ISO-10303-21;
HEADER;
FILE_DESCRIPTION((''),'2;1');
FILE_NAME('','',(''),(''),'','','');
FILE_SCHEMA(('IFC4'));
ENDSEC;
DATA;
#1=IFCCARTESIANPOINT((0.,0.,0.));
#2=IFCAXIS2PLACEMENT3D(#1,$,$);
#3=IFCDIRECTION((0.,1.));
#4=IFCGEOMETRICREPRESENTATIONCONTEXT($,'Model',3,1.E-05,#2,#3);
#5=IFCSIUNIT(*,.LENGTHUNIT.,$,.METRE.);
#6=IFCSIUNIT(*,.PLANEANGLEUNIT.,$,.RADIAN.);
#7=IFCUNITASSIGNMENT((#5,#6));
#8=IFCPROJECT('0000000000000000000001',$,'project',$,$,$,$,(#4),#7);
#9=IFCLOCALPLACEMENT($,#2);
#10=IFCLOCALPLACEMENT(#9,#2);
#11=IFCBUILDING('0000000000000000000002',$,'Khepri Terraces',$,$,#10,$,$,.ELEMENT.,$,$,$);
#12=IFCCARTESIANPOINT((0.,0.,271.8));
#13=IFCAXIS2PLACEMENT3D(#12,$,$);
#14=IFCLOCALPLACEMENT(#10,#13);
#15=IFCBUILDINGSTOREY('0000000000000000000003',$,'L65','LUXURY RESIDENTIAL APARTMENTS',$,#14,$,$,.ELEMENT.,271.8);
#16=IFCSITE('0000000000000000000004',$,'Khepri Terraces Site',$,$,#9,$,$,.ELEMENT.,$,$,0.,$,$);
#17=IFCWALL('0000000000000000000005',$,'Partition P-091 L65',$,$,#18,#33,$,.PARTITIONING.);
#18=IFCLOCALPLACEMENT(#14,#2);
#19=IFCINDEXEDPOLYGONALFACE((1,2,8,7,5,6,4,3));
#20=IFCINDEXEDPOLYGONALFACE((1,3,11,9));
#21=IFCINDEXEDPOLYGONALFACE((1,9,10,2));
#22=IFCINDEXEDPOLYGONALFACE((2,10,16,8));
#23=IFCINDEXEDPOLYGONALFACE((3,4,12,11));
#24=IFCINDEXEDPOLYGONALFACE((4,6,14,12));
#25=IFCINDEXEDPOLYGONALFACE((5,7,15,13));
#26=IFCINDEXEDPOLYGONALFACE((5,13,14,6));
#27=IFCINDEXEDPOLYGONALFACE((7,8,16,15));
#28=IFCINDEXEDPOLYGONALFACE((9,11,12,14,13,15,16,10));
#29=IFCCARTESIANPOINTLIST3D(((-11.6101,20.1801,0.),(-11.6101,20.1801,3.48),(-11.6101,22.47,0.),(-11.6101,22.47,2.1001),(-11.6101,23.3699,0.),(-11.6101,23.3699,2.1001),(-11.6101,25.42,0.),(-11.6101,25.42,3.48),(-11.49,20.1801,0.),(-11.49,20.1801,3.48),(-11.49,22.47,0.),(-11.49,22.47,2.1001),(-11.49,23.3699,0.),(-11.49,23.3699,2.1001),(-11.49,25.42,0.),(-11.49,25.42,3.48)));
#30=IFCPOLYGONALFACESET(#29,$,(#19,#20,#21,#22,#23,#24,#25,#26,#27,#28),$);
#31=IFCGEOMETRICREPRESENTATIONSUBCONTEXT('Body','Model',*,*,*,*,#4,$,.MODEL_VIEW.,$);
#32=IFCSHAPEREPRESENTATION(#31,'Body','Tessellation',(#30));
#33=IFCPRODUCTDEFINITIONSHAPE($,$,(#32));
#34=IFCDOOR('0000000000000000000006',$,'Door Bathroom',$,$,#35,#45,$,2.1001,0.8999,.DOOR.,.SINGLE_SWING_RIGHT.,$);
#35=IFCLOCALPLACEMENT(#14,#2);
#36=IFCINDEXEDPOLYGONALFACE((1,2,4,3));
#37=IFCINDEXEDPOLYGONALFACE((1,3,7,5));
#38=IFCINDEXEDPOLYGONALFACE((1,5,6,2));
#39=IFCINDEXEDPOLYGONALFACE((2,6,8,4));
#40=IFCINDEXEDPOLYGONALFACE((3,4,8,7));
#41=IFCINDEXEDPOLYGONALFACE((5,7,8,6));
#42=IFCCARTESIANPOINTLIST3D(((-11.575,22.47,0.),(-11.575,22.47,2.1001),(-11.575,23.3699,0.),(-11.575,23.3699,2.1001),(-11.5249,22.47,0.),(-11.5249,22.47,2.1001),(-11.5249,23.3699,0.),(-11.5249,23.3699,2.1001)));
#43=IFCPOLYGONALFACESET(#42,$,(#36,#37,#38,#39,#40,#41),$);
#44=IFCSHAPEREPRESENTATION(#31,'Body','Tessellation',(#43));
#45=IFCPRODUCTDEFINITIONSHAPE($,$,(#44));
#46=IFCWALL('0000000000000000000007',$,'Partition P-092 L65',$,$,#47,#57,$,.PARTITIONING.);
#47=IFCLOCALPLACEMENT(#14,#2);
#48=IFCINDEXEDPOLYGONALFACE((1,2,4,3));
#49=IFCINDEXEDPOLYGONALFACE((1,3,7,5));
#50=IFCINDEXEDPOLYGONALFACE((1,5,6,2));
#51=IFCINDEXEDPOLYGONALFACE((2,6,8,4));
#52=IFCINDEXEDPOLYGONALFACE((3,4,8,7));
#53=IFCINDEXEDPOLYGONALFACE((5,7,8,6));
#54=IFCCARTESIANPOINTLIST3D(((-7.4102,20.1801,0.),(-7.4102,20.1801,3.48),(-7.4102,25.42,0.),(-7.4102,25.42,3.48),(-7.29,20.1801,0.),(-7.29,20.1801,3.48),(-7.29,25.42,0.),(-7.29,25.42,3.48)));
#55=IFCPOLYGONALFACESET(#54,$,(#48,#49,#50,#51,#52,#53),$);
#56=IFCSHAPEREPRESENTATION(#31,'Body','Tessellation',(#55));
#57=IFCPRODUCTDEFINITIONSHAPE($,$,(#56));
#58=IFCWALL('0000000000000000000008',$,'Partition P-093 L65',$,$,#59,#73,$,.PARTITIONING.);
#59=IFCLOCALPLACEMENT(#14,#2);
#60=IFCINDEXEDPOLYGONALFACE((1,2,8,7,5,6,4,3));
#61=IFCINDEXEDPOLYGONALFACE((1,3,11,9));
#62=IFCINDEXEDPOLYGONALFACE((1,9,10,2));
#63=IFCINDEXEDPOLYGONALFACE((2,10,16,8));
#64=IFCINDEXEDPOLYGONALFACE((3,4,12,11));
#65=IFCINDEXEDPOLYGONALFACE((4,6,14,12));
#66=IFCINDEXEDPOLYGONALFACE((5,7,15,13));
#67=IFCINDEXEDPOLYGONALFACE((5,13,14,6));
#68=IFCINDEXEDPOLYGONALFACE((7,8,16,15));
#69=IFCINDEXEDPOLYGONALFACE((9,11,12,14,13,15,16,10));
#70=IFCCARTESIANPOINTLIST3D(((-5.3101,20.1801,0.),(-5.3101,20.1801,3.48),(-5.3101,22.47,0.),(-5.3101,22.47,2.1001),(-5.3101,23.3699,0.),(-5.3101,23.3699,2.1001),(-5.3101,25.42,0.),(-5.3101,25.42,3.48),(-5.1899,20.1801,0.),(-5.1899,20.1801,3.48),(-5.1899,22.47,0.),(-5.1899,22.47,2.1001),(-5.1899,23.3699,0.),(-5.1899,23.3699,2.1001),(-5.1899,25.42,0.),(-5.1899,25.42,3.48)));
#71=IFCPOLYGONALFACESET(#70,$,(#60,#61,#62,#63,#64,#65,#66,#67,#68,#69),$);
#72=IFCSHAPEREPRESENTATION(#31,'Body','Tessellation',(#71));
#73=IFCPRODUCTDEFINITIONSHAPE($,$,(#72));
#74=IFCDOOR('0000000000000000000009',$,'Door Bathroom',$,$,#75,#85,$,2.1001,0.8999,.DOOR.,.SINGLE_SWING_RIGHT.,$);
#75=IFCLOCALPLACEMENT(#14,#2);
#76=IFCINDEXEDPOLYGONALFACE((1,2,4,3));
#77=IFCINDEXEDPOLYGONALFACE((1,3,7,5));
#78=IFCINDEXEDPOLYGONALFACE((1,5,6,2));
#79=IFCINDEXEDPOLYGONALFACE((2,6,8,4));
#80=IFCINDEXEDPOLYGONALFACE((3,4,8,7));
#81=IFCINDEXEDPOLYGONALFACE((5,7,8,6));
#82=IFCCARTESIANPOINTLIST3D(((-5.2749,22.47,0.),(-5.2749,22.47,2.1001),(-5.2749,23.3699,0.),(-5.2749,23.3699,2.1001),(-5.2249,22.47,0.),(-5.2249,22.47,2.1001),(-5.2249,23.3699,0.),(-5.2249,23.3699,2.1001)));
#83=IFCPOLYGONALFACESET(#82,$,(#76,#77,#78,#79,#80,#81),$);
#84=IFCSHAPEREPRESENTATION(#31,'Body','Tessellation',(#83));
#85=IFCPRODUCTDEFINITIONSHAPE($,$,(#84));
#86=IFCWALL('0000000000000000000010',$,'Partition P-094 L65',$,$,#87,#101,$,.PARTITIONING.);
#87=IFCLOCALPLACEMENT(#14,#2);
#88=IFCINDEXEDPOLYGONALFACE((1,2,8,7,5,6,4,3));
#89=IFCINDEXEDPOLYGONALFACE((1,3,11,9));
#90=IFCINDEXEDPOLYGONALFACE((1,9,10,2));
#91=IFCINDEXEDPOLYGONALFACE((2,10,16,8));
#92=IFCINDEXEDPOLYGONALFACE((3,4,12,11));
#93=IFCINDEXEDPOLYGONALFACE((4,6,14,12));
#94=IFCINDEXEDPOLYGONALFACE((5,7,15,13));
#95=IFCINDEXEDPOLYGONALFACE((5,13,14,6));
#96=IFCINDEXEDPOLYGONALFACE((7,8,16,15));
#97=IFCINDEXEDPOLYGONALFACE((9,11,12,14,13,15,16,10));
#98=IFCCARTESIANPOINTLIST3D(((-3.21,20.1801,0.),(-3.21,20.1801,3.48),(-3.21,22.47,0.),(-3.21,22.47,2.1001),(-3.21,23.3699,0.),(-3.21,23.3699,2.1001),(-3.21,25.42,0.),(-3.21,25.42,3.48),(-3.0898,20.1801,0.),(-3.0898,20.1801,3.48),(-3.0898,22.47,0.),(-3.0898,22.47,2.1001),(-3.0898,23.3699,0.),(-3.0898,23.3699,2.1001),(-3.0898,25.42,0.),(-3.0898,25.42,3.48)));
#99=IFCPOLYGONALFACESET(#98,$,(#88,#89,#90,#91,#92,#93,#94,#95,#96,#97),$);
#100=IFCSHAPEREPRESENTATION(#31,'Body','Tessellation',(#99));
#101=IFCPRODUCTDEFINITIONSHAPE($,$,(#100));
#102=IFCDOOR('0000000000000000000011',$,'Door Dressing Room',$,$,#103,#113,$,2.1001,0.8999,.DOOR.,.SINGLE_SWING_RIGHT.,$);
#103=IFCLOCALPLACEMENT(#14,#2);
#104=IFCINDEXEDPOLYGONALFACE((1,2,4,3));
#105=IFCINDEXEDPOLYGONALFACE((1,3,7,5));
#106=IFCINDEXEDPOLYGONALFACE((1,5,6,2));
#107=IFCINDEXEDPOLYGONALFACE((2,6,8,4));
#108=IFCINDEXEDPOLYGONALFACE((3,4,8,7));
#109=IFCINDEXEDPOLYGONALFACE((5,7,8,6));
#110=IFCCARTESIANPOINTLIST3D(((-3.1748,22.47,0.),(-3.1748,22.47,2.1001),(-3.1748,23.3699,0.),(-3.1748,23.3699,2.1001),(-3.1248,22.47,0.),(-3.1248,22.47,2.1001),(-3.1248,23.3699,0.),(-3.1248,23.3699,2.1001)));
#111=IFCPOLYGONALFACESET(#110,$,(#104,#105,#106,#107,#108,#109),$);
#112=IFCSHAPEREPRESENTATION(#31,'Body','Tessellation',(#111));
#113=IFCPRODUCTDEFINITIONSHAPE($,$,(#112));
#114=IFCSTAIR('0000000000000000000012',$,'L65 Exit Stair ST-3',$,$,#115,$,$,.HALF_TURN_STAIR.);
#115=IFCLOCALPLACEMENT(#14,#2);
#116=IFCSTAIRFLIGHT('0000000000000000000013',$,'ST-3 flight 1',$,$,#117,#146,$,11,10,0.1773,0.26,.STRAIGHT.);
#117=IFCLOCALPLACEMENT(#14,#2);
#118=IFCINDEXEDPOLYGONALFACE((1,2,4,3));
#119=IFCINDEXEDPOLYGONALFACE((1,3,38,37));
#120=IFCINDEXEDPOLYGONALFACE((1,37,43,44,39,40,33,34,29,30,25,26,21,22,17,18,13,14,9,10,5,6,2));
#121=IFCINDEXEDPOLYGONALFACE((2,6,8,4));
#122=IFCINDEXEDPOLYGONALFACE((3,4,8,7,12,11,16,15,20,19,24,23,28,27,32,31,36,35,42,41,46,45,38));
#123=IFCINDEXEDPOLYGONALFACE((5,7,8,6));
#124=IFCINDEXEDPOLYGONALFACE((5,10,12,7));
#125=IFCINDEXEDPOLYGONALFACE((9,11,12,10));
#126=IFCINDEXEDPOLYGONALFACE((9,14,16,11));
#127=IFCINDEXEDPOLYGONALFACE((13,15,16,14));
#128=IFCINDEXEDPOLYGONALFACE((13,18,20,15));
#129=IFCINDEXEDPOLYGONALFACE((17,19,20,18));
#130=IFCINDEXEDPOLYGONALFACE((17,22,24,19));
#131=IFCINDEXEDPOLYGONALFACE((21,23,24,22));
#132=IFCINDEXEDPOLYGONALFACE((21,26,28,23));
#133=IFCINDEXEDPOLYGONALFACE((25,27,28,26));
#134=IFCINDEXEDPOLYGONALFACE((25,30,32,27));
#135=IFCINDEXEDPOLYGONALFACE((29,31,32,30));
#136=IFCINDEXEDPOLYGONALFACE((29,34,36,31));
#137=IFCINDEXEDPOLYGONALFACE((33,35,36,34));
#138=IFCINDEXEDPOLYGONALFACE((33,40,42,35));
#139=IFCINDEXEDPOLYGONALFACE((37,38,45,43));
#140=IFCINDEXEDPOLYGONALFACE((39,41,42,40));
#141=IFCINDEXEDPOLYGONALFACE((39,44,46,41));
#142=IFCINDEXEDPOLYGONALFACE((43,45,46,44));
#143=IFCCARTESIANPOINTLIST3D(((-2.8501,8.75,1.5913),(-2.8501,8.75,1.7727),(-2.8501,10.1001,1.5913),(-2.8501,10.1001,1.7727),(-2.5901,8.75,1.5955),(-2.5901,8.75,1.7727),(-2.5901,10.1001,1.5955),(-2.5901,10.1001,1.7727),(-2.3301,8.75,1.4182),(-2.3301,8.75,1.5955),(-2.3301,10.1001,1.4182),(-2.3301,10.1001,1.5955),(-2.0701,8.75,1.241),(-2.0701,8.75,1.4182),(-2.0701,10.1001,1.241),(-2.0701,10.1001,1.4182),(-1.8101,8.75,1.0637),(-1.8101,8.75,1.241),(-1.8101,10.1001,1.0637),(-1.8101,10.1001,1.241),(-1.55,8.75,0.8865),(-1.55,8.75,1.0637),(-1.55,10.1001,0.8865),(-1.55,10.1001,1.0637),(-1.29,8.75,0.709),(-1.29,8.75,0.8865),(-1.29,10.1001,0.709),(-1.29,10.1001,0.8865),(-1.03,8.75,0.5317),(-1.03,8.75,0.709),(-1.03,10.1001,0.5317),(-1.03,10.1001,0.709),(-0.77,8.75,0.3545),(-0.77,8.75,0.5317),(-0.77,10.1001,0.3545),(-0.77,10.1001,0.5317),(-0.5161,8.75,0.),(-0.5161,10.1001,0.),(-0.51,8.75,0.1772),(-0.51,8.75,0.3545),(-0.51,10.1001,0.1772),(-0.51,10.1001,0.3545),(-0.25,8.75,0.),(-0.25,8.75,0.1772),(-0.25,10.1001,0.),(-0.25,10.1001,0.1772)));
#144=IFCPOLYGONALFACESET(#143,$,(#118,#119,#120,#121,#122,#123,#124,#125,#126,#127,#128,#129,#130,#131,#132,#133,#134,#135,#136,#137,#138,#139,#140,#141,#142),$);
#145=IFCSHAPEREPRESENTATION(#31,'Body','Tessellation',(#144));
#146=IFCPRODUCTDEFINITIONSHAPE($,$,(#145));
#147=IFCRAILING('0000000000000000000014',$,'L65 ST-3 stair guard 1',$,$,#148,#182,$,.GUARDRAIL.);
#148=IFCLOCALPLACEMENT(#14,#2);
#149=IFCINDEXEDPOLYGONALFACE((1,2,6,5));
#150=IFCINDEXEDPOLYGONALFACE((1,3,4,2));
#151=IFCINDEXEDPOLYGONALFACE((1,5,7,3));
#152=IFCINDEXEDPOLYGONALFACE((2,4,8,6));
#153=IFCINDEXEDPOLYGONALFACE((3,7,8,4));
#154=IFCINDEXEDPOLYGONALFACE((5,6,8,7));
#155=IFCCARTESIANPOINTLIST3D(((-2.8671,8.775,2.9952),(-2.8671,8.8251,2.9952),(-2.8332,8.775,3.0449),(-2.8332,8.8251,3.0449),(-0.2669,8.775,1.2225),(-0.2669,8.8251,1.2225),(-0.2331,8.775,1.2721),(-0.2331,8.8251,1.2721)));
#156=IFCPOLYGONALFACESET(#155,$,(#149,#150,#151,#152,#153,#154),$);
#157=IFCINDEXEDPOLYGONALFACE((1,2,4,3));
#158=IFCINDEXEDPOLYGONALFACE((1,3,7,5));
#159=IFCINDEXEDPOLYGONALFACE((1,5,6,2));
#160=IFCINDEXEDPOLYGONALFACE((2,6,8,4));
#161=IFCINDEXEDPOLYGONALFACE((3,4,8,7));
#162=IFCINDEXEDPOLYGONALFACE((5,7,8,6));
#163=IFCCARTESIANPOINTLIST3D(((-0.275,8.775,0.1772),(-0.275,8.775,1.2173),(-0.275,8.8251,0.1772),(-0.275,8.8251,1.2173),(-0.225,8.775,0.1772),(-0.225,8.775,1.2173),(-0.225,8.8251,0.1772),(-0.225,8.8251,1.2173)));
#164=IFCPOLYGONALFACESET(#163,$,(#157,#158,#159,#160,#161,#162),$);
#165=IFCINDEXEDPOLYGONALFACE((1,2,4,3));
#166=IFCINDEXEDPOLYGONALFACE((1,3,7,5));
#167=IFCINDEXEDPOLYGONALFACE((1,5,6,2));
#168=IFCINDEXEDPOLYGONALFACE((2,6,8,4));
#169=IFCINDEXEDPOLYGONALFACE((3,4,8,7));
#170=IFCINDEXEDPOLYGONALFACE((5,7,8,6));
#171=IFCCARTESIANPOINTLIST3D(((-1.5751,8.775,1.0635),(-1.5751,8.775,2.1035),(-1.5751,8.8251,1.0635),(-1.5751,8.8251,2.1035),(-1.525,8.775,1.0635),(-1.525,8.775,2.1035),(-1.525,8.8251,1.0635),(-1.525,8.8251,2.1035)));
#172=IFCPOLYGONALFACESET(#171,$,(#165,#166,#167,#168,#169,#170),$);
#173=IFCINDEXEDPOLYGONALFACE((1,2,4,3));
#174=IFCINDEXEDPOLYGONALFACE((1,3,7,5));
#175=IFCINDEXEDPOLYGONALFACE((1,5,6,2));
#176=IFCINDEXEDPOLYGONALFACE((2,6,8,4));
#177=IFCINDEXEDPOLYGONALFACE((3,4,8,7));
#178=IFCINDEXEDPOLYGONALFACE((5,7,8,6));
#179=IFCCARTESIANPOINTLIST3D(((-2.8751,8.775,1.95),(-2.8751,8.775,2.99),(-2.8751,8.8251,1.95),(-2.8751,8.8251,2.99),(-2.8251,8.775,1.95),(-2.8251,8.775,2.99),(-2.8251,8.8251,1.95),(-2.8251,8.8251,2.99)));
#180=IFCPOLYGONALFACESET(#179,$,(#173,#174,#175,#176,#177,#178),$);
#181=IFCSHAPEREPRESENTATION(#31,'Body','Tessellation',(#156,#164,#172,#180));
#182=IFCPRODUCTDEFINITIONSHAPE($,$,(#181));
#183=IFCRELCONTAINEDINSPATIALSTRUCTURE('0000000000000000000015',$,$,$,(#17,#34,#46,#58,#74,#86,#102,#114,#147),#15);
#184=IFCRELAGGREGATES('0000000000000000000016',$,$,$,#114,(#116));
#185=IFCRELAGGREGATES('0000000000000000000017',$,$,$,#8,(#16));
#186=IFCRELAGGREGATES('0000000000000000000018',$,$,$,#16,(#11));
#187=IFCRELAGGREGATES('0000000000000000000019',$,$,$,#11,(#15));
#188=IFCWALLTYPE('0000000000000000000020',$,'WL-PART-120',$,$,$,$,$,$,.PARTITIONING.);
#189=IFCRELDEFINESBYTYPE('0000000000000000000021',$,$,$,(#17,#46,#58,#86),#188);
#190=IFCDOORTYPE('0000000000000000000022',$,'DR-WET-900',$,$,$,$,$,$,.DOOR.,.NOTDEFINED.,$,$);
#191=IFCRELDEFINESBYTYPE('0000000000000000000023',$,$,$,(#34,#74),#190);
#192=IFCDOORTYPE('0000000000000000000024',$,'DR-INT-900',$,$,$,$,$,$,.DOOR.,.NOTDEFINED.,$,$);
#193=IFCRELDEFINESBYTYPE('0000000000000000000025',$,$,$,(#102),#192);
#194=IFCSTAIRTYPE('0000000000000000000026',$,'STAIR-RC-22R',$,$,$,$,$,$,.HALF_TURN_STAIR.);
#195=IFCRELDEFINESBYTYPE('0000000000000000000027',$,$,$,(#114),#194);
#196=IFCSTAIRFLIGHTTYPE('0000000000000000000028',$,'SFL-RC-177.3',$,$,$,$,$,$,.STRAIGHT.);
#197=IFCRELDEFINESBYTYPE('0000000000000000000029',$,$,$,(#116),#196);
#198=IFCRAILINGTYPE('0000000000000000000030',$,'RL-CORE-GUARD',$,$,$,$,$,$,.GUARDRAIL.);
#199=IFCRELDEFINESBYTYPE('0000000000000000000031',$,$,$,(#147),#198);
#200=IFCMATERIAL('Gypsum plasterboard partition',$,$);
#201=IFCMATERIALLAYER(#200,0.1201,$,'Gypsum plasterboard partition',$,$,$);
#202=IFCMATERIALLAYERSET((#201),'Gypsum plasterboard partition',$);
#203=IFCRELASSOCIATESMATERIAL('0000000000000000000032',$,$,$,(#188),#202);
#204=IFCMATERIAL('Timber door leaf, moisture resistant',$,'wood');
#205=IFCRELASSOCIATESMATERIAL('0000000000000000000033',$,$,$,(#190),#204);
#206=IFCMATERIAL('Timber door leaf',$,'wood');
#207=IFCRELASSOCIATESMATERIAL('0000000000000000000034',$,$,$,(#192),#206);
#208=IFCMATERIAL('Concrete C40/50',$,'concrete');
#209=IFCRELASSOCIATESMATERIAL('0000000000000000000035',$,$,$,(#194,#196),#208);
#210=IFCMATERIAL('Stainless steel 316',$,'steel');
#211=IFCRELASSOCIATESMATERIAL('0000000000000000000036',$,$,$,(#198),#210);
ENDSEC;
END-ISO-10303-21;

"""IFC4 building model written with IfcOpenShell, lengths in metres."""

from ifc_helpers import new_model, si_unit, direction, frame, frame_2d, origin, origin_2d, place, context, subcontext, project, spatial, polyline, rectangle, outline, extrude, material, layer, layer_set, type_object, element, fill, aggregate, save


model = new_model("IFC4")

# Units and contexts
model_context = context("Model", 3, precision=1e-05, world=origin(), true_north=direction((0.0, 1.0)))
body_context = subcontext(model_context, "Body", "Model", "MODEL_VIEW")
ifc_project = project(units=[si_unit("LENGTHUNIT", "METRE"), si_unit("PLANEANGLEUNIT", "RADIAN")], contexts=[model_context])

# Site, building, storey
site_placement = place(None, origin())
site = spatial("IfcSite", under=ifc_project, at=site_placement, Name="Khepri Terraces Site", CompositionType="ELEMENT", RefElevation=0.0)
building_placement = place(site_placement, origin())
building = spatial("IfcBuilding", under=site, at=building_placement, Name="Khepri Terraces", CompositionType="ELEMENT")
storey_placement = place(building_placement, frame((0.0, 0.0, 271.8)))
storey = spatial("IfcBuildingStorey", under=building, at=storey_placement, Name="L65", Description="LUXURY RESIDENTIAL APARTMENTS", CompositionType="ELEMENT", Elevation=271.8)

# Shared definitions
ifc_material_1 = material(Name="Concrete C40/50", Category="concrete")

# Shared definitions
ifc_material_2 = material(Name="Gypsum plasterboard partition")
ifc_layer_1 = layer(ifc_material_2, 0.1201, Name="Gypsum plasterboard partition")
ifc_layer_set_1 = layer_set([ifc_layer_1], Name="Gypsum plasterboard partition")
wall_type_1 = type_object("IfcWallType", Name="WL-PART-120", PredefinedType="PARTITIONING", material=ifc_layer_set_1)

# Wall, opening, door
wall_1_placement = place(storey_placement, frame((-11.55, 20.1799, 0.0), z_axis=(0.0, 0.0, 1.0), x_axis=(0.0, 1.0, 0.0)))
wall_1 = element("IfcWall", 1, at=wall_1_placement, inside=storey, type_object=wall_type_1, Name="Partition P-091 L65", PredefinedType="PARTITIONING", context=body_context, shape_type="SweptSolid", body=[
    extrude(rectangle(XDim=5.24, YDim=0.1201, at=frame_2d((2.6201, 0.0))), origin(), (0.0, 0.0, 1.0), 3.48),
])
opening_1_placement = place(wall_1_placement, frame((2.29, 0.0, 0.0)))
opening_1 = element("IfcOpeningElement", 2, at=opening_1_placement, cuts=wall_1, PredefinedType="OPENING", context=body_context, shape_type="SweptSolid", body=[
    extrude(rectangle(XDim=0.8999, YDim=2.1001, at=frame_2d((0.45, 1.05))), frame((0.0, 0.0701, 0.0), z_axis=(0.0, -1.0, 0.0), x_axis=(1.0, 0.0, 0.0)), (0.0, 0.0, 1.0), 0.1401),
])
ifc_material_3 = material(Name="Timber door leaf, moisture resistant", Category="wood")
door_type_1 = type_object("IfcDoorType", Name="DR-WET-900", OperationType="NOTDEFINED", PredefinedType="DOOR", material=ifc_material_3)
door_1_placement = place(opening_1_placement, origin())
door_1 = element("IfcDoor", 3, at=door_1_placement, inside=storey, type_object=door_type_1, Name="Door Bathroom", OperationType="SINGLE_SWING_RIGHT", OverallHeight=2.1001, OverallWidth=0.8999, PredefinedType="DOOR", context=body_context, shape_type="SweptSolid", body=[
    extrude(rectangle(XDim=0.8999, YDim=2.1001, at=frame_2d((0.45, 1.05))), frame((0.0, 0.0249, 0.0), z_axis=(0.0, -1.0, 0.0), x_axis=(1.0, 0.0, 0.0)), (0.0, 0.0, 1.0), 0.05),
])
fill(opening_1, door_1)

# Wall
wall_2_placement = place(storey_placement, frame((-7.3501, 20.1799, 0.0), z_axis=(0.0, 0.0, 1.0), x_axis=(0.0, 1.0, 0.0)))
element("IfcWall", 4, at=wall_2_placement, inside=storey, type_object=wall_type_1, Name="Partition P-092 L65", PredefinedType="PARTITIONING", context=body_context, shape_type="SweptSolid", body=[
    extrude(rectangle(XDim=5.24, YDim=0.1201, at=frame_2d((2.6201, 0.0))), origin(), (0.0, 0.0, 1.0), 3.48),
])

# Walls, openings, doors
wall_3_placement = place(storey_placement, frame((-5.25, 20.1799, 0.0), z_axis=(0.0, 0.0, 1.0), x_axis=(0.0, 1.0, 0.0)))
wall_3 = element("IfcWall", 5, at=wall_3_placement, inside=storey, type_object=wall_type_1, Name="Partition P-093 L65", PredefinedType="PARTITIONING", context=body_context, shape_type="SweptSolid", body=[
    extrude(rectangle(XDim=5.24, YDim=0.1201, at=frame_2d((2.6201, 0.0))), origin(), (0.0, 0.0, 1.0), 3.48),
])
opening_2_placement = place(wall_3_placement, frame((2.29, 0.0, 0.0)))
opening_2 = element("IfcOpeningElement", 6, at=opening_2_placement, cuts=wall_3, PredefinedType="OPENING", context=body_context, shape_type="SweptSolid", body=[
    extrude(rectangle(XDim=0.8999, YDim=2.1001, at=frame_2d((0.45, 1.05))), frame((0.0, 0.0701, 0.0), z_axis=(0.0, -1.0, 0.0), x_axis=(1.0, 0.0, 0.0)), (0.0, 0.0, 1.0), 0.1401),
])
door_2_placement = place(opening_2_placement, origin())
door_2 = element("IfcDoor", 7, at=door_2_placement, inside=storey, type_object=door_type_1, Name="Door Bathroom", OperationType="SINGLE_SWING_RIGHT", OverallHeight=2.1001, OverallWidth=0.8999, PredefinedType="DOOR", context=body_context, shape_type="SweptSolid", body=[
    extrude(rectangle(XDim=0.8999, YDim=2.1001, at=frame_2d((0.45, 1.05))), frame((0.0, 0.0249, 0.0), z_axis=(0.0, -1.0, 0.0), x_axis=(1.0, 0.0, 0.0)), (0.0, 0.0, 1.0), 0.05),
])
fill(opening_2, door_2)
wall_4_placement = place(storey_placement, frame((-3.1499, 20.1799, 0.0), z_axis=(0.0, 0.0, 1.0), x_axis=(0.0, 1.0, 0.0)))
wall_4 = element("IfcWall", 8, at=wall_4_placement, inside=storey, type_object=wall_type_1, Name="Partition P-094 L65", PredefinedType="PARTITIONING", context=body_context, shape_type="SweptSolid", body=[
    extrude(rectangle(XDim=5.24, YDim=0.1201, at=frame_2d((2.6201, 0.0))), origin(), (0.0, 0.0, 1.0), 3.48),
])
opening_3_placement = place(wall_4_placement, frame((2.29, 0.0, 0.0)))
opening_3 = element("IfcOpeningElement", 9, at=opening_3_placement, cuts=wall_4, PredefinedType="OPENING", context=body_context, shape_type="SweptSolid", body=[
    extrude(rectangle(XDim=0.8999, YDim=2.1001, at=frame_2d((0.45, 1.05))), frame((0.0, 0.0701, 0.0), z_axis=(0.0, -1.0, 0.0), x_axis=(1.0, 0.0, 0.0)), (0.0, 0.0, 1.0), 0.1401),
])
ifc_material_4 = material(Name="Timber door leaf", Category="wood")
door_type_2 = type_object("IfcDoorType", Name="DR-INT-900", OperationType="NOTDEFINED", PredefinedType="DOOR", material=ifc_material_4)
door_3_placement = place(opening_3_placement, origin())
door_3 = element("IfcDoor", 10, at=door_3_placement, inside=storey, type_object=door_type_2, Name="Door Dressing Room", OperationType="SINGLE_SWING_RIGHT", OverallHeight=2.1001, OverallWidth=0.8999, PredefinedType="DOOR", context=body_context, shape_type="SweptSolid", body=[
    extrude(rectangle(XDim=0.8999, YDim=2.1001, at=frame_2d((0.45, 1.05))), frame((0.0, 0.0249, 0.0), z_axis=(0.0, -1.0, 0.0), x_axis=(1.0, 0.0, 0.0)), (0.0, 0.0, 1.0), 0.05),
])
fill(opening_3, door_3)

# Stair, stair flight
stair_type = type_object("IfcStairType", Name="STAIR-RC-22R", PredefinedType="HALF_TURN_STAIR", material=ifc_material_1)
stair_placement = place(storey_placement, origin())
stair = element("IfcStair", 11, at=stair_placement, inside=storey, type_object=stair_type, Name="L65 Exit Stair ST-3", PredefinedType="HALF_TURN_STAIR")
stair_flight_type = type_object("IfcStairFlightType", Name="SFL-RC-177.3", PredefinedType="STRAIGHT", material=ifc_material_1)
stair_flight_placement = place(storey_placement, frame((-0.25, 9.425, 0.0), z_axis=(0.0, 0.0, 1.0), x_axis=(-1.0, 0.0, 0.0)))
stair_flight = element("IfcStairFlight", 12, at=stair_flight_placement, type_object=stair_flight_type, Name="ST-3 flight 1", NumberOfRisers=11, NumberOfTreads=10, PredefinedType="STRAIGHT", RiserHeight=0.1773, TreadLength=0.26, context=body_context, shape_type="SweptSolid", body=[
    extrude(outline(polyline([(0.0, 0.0), (0.0, 0.1772), (0.26, 0.1772), (0.26, 0.3545), (0.52, 0.3545), (0.52, 0.5317), (0.78, 0.5317), (0.78, 0.709), (1.04, 0.709), (1.04, 0.8865), (1.3, 0.8865), (1.3, 1.0637), (1.5601, 1.0637), (1.5601, 1.241), (1.8201, 1.241), (1.8201, 1.4182), (2.0801, 1.4182), (2.0801, 1.5955), (2.3401, 1.5955), (2.3401, 1.7727), (2.6001, 1.7727), (2.6001, 1.95), (2.6001, 1.5913), (0.2661, 0.0), (0.0, 0.0)])), frame((0.0, 0.675, 0.0), z_axis=(0.0, -1.0, 0.0), x_axis=(1.0, 0.0, 0.0)), (0.0, 0.0, 1.0), 1.3501),
])
aggregate(stair, [stair_flight])

# Railing
ifc_material_5 = material(Name="Stainless steel 316", Category="steel")
railing_type_1 = type_object("IfcRailingType", Name="RL-CORE-GUARD", PredefinedType="GUARDRAIL", material=ifc_material_5)
railing_1_placement = place(storey_placement, frame((-0.25, 8.8, 0.1772)))
element("IfcRailing", 13, at=railing_1_placement, inside=storey, type_object=railing_type_1, Name="L65 ST-3 stair guard 1", PredefinedType="GUARDRAIL", context=body_context, shape_type="SweptSolid", body=[
    extrude(rectangle(XDim=0.05, YDim=0.0601, at=origin_2d()), frame((0.0, 0.0, 1.0701), z_axis=(-0.82624, 0.0, 0.563318), x_axis=(0.0, -1.0, 0.0)), (0.0, 0.0, 1.0), 3.147),
    extrude(rectangle(XDim=0.05, YDim=0.05, at=origin_2d()), origin(), (0.0, 0.0, 1.0), 1.04),
    extrude(rectangle(XDim=0.05, YDim=0.05, at=origin_2d()), frame((-1.3, 0.0, 0.8862)), (0.0, 0.0, 1.0), 1.04),
    extrude(rectangle(XDim=0.05, YDim=0.05, at=origin_2d()), frame((-2.6001, 0.0, 1.7727)), (0.0, 0.0, 1.0), 1.04),
])

save(model, "model.ifc")
